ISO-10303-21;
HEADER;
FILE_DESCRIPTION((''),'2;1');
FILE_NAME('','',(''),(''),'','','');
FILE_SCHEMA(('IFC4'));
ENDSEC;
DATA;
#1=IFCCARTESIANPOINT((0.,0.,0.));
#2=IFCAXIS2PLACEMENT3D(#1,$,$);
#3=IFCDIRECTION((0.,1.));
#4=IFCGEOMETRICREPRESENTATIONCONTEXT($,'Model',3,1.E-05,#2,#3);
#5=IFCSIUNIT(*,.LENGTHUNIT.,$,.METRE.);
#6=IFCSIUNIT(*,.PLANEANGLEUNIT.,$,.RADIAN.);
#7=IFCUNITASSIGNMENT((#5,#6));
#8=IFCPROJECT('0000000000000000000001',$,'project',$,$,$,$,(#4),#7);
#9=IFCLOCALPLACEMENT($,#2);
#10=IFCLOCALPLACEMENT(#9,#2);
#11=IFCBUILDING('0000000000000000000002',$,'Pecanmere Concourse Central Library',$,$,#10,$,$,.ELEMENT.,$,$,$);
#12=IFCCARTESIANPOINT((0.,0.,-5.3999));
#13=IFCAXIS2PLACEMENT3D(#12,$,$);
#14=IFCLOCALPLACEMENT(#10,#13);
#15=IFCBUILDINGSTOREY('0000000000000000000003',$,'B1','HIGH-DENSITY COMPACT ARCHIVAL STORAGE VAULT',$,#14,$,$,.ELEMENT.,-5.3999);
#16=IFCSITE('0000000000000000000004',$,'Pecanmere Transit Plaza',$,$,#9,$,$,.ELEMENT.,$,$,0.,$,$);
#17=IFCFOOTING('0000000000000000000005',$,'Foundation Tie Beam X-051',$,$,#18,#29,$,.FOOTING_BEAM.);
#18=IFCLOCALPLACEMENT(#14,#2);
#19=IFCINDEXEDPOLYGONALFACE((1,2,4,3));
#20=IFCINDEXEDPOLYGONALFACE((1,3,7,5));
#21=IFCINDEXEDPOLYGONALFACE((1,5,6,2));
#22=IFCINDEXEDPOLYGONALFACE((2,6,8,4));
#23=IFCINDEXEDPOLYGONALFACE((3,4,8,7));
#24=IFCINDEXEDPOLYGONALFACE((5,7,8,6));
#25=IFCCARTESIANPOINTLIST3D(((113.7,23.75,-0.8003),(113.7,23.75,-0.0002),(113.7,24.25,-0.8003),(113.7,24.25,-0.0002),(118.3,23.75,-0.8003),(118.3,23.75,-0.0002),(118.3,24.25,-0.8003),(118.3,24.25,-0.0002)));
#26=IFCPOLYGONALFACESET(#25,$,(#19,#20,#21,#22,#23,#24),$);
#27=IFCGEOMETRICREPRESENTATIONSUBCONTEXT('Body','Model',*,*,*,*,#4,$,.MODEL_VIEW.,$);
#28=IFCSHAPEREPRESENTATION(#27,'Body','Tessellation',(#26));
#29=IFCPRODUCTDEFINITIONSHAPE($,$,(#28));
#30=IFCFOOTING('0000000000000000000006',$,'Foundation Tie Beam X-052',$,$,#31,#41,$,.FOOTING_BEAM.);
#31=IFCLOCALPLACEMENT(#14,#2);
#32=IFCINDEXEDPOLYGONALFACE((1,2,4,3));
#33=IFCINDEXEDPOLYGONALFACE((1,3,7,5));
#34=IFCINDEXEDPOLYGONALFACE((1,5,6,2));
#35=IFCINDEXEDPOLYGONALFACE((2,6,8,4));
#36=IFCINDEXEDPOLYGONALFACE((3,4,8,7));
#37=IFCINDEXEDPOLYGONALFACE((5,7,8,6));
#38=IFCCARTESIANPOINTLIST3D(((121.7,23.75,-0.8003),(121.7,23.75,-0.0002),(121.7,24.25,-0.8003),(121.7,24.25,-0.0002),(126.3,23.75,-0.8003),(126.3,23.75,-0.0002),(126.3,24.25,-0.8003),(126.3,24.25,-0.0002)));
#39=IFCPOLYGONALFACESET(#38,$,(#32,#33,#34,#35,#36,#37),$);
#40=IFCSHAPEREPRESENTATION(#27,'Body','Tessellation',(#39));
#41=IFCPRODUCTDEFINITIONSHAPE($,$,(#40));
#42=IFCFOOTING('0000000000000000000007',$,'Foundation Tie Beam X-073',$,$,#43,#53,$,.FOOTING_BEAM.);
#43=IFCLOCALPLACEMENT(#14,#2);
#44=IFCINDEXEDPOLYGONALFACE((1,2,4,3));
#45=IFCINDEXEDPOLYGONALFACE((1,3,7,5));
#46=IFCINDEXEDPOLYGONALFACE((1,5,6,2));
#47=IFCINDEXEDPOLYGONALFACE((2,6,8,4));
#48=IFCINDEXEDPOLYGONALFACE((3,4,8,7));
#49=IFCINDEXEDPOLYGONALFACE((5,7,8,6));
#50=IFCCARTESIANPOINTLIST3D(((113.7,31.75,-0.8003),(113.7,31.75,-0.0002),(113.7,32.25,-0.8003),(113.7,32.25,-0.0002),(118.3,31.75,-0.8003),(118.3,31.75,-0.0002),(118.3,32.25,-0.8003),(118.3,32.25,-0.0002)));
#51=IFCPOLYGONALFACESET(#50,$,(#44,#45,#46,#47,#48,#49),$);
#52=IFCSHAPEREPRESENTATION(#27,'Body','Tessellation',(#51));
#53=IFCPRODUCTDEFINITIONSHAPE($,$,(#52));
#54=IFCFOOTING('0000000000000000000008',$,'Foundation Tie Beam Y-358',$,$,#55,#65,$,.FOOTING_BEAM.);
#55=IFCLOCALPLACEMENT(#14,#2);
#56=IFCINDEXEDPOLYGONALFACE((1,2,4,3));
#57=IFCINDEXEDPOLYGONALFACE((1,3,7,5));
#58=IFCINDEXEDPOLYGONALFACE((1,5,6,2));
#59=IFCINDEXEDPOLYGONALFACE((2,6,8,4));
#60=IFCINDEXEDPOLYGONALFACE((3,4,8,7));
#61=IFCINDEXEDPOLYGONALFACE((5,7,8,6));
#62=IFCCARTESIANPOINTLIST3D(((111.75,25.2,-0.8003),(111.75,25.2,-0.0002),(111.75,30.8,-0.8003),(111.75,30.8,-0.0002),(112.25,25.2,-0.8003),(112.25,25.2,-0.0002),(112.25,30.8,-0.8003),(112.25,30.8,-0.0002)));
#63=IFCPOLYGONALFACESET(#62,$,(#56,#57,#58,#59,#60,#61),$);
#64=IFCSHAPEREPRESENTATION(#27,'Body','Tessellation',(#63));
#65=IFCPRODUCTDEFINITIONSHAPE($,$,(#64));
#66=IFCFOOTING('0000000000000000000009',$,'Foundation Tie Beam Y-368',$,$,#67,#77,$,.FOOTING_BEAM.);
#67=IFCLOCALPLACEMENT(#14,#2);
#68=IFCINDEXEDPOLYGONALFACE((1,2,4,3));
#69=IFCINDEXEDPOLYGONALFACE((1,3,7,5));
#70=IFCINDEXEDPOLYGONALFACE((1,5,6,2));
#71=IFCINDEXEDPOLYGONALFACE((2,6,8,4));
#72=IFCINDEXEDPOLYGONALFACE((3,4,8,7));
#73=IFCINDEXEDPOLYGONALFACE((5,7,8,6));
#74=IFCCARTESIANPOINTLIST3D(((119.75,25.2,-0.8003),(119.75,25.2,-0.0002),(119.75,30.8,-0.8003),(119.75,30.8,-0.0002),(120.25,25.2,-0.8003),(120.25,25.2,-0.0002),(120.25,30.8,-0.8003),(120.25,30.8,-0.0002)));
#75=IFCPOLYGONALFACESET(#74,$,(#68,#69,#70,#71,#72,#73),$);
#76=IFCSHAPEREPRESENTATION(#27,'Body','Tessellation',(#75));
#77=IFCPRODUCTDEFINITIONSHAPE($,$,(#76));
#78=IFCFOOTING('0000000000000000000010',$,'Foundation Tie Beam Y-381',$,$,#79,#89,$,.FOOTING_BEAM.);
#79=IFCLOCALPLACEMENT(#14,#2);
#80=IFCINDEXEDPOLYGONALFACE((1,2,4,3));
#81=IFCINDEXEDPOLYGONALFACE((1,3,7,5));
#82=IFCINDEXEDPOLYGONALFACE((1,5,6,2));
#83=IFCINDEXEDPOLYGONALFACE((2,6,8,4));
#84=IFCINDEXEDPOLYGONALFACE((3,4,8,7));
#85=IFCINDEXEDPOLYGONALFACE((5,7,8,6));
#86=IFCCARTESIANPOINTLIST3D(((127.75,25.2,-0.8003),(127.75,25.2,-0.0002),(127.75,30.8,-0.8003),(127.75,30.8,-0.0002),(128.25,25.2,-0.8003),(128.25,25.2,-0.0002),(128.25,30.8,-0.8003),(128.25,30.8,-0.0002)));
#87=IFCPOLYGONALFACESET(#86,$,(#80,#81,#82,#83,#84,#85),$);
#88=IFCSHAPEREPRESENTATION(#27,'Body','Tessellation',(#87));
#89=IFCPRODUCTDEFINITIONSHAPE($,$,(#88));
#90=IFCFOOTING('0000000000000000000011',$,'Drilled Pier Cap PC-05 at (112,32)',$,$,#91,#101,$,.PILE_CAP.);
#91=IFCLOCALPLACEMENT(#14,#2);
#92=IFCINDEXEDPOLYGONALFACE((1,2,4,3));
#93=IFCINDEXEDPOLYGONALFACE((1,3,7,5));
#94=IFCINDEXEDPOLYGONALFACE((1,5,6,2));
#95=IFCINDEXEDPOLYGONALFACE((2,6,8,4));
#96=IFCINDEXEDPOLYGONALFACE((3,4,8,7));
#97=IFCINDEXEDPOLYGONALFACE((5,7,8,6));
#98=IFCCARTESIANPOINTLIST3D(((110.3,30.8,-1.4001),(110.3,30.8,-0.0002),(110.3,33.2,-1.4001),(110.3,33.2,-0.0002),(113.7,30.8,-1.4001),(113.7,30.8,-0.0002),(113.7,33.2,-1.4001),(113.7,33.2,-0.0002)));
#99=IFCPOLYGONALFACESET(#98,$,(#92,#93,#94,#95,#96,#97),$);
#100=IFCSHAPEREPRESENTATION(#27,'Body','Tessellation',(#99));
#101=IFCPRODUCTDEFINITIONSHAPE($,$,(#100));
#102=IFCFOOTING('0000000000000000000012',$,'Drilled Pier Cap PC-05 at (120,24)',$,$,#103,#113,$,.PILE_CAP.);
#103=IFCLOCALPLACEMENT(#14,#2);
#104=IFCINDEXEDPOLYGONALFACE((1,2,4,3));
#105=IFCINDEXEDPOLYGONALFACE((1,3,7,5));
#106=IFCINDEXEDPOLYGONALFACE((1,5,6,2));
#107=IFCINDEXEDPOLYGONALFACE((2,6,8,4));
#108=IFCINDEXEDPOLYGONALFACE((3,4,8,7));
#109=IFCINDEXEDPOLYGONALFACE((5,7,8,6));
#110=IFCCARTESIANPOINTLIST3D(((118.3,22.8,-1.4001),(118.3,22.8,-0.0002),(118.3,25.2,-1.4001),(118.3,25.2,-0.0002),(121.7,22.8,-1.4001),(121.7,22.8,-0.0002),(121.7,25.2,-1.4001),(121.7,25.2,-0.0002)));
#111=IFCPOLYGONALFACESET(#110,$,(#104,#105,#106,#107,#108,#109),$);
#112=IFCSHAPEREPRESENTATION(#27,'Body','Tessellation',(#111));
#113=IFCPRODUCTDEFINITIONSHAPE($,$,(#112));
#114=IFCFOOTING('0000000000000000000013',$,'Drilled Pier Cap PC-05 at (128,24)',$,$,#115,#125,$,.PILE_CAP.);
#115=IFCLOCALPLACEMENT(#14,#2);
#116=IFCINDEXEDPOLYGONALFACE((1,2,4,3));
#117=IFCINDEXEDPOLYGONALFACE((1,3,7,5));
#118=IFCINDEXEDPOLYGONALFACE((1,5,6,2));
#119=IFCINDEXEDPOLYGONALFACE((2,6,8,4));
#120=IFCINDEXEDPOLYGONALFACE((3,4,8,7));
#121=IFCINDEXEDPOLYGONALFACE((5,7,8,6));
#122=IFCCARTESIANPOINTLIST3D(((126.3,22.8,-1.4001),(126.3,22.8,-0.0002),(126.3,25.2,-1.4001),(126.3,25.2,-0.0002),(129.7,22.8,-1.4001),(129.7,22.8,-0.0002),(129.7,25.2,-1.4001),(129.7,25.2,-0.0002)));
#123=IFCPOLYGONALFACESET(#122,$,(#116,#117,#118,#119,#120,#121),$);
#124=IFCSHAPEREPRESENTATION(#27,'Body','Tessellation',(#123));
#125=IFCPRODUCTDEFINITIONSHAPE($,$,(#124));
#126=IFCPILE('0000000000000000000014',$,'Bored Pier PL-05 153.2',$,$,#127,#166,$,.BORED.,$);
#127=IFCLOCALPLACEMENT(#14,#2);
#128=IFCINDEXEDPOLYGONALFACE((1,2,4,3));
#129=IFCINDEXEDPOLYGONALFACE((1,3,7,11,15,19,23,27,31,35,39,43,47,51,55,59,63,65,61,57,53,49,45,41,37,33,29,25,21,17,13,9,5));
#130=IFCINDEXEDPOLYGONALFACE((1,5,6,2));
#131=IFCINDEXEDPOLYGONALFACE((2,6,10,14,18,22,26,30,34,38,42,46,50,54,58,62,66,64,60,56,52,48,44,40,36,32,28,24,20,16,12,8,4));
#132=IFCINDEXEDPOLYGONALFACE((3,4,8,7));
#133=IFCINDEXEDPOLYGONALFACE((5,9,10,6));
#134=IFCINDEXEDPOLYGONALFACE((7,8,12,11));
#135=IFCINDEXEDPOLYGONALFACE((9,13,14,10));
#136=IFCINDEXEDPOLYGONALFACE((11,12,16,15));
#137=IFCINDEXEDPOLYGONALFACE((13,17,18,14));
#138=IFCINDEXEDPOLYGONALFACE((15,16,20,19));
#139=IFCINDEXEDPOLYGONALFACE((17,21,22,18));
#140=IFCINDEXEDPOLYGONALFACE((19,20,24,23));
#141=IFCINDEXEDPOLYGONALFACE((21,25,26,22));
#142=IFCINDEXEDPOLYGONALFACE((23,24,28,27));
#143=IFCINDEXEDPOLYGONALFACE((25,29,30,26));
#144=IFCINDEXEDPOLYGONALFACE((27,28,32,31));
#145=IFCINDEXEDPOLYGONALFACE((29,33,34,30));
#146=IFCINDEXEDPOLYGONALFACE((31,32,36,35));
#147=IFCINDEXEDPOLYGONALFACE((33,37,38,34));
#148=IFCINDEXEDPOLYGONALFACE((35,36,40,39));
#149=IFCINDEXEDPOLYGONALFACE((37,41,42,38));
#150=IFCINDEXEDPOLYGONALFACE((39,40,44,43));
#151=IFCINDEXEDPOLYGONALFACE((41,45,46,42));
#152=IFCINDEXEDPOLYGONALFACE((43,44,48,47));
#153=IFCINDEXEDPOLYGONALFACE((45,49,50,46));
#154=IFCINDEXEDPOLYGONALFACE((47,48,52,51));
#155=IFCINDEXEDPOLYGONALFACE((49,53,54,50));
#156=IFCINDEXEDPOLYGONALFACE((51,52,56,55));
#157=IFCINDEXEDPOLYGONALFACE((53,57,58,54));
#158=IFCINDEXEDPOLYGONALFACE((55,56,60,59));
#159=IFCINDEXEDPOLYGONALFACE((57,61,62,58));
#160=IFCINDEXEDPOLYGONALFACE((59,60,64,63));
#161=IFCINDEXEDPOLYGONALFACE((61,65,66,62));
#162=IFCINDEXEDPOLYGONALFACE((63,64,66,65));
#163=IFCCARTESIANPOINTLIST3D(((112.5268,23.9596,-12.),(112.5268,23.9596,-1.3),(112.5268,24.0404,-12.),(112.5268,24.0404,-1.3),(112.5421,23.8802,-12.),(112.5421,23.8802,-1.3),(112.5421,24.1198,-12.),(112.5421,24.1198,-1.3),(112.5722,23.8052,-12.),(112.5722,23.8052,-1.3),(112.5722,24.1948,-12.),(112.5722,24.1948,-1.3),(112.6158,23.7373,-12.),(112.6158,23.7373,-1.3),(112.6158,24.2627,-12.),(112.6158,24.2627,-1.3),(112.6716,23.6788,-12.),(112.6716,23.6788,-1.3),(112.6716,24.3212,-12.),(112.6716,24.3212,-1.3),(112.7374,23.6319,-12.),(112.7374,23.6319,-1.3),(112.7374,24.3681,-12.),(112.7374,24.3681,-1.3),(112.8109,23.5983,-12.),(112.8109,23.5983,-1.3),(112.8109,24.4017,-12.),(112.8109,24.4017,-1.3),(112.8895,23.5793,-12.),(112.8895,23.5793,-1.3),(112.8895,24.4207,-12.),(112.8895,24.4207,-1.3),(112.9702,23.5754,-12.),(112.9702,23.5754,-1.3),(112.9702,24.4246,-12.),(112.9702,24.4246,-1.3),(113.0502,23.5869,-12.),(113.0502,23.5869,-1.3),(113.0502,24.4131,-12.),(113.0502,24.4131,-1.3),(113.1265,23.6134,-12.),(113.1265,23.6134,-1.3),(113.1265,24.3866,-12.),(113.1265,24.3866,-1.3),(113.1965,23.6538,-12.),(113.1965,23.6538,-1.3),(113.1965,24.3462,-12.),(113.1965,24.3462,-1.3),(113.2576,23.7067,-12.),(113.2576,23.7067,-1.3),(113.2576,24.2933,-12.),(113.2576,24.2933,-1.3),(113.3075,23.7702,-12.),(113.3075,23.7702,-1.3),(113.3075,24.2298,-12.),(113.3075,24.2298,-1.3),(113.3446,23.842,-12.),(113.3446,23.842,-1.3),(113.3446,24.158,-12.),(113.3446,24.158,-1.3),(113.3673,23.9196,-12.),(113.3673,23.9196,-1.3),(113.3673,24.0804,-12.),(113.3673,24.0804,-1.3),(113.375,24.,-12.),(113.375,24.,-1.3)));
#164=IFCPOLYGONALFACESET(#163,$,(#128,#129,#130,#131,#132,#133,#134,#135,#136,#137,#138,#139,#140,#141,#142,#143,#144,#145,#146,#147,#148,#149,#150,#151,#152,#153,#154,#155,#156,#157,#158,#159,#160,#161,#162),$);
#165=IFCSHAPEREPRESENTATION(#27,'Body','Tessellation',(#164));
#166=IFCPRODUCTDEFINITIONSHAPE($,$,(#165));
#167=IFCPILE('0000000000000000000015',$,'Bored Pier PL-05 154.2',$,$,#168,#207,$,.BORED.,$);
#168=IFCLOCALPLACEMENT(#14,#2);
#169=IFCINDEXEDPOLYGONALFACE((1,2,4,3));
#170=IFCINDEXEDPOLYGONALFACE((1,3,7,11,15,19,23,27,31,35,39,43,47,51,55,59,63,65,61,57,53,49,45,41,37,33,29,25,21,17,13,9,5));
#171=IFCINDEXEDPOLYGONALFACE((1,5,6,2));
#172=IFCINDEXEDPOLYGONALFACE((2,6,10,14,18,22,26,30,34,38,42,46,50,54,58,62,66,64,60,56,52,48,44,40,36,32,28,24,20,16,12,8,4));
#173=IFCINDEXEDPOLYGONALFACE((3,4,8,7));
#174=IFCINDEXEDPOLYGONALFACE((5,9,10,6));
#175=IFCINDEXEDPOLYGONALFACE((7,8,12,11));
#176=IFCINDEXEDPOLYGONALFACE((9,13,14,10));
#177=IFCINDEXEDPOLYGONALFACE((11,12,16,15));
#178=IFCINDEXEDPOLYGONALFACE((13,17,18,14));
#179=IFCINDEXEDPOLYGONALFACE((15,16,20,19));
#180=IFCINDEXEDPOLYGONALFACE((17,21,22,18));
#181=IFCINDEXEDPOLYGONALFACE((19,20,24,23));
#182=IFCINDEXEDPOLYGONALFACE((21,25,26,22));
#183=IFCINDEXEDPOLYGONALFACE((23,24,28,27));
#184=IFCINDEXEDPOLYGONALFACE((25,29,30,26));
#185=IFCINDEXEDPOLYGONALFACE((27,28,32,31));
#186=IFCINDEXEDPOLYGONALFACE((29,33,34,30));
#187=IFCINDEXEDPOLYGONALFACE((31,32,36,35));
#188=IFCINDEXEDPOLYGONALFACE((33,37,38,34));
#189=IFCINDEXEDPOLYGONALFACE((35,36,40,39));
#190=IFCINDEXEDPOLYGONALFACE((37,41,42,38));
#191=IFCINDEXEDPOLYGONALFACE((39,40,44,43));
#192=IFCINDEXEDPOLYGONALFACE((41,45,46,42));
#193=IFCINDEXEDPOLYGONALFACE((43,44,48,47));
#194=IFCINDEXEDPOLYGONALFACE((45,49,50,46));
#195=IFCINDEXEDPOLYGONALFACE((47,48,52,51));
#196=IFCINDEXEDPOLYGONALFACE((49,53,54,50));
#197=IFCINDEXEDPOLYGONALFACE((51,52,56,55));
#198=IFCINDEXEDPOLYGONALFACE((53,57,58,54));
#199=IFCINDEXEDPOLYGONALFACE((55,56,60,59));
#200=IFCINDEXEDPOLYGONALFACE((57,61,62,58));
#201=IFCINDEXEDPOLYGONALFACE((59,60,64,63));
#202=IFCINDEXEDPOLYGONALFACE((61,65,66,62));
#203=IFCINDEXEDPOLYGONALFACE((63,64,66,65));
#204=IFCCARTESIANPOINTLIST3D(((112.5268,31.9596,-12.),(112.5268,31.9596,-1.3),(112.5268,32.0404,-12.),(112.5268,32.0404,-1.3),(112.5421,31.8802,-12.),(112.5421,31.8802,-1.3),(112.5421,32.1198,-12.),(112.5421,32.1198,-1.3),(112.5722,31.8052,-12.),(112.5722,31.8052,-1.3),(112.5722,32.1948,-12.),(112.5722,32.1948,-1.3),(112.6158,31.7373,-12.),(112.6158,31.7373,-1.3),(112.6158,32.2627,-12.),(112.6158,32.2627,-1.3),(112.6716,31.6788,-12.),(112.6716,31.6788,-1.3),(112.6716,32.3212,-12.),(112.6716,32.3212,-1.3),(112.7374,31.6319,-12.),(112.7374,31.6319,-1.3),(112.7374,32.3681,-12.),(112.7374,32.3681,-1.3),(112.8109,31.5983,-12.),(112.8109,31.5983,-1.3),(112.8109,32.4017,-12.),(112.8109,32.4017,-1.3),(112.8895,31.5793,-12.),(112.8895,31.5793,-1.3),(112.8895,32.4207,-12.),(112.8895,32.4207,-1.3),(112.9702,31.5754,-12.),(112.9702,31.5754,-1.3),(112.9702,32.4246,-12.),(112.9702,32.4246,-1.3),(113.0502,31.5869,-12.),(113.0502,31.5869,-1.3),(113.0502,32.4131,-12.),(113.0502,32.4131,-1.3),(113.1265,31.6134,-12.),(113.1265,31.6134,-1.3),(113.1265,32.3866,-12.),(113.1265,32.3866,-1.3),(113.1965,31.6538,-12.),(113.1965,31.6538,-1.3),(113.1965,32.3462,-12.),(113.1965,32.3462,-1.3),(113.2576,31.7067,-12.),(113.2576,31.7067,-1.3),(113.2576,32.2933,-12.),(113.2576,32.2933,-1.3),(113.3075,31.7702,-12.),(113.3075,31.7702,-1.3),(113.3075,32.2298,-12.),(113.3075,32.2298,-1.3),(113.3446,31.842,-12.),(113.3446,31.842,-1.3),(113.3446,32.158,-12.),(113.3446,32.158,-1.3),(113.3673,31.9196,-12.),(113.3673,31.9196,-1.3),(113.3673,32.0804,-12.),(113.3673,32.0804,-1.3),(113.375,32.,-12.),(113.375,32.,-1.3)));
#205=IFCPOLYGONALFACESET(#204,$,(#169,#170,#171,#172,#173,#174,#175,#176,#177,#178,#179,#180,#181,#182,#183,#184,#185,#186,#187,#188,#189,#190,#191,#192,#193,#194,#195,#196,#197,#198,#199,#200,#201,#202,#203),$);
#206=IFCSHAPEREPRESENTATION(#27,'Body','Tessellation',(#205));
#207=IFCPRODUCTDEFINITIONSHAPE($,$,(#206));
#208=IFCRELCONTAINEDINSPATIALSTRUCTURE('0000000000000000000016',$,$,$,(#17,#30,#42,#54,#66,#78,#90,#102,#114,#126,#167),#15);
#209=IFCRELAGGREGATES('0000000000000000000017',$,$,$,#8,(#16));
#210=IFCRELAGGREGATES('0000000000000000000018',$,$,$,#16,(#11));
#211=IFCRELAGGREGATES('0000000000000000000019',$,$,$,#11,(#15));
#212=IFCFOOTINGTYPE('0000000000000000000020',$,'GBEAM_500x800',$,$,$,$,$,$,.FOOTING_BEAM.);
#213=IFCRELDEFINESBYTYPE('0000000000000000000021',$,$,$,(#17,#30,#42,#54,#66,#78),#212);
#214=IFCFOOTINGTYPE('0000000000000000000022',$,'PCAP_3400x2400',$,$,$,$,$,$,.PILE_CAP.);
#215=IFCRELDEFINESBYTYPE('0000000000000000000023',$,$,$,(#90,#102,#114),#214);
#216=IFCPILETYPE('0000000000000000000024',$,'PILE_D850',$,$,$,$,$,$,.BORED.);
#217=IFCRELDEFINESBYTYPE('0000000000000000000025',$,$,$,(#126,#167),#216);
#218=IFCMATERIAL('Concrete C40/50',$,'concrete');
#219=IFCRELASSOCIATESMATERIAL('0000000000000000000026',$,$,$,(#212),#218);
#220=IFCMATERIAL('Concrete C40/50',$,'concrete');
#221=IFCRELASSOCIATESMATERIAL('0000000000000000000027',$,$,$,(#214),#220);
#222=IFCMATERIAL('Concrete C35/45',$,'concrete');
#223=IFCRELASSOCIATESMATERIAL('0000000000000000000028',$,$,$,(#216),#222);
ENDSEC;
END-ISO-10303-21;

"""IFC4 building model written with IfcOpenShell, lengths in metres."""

from ifc_helpers import new_model, si_unit, direction, frame, origin, origin_2d, place, context, subcontext, project, spatial, rectangle, circle, extrude, material, material_profile, profile_set, type_object, element, save


model = new_model("IFC4")

# Units and contexts
model_context = context("Model", 3, precision=1e-05, world=origin(), true_north=direction((0.0, 1.0)))
body_context = subcontext(model_context, "Body", "Model", "MODEL_VIEW")
ifc_project = project(units=[si_unit("LENGTHUNIT", "METRE"), si_unit("PLANEANGLEUNIT", "RADIAN")], contexts=[model_context])

# Site, building, storey
site_placement = place(None, origin())
site = spatial("IfcSite", under=ifc_project, at=site_placement, Name="Pecanmere Transit Plaza", CompositionType="ELEMENT", RefElevation=0.0)
building_placement = place(site_placement, origin())
building = spatial("IfcBuilding", under=site, at=building_placement, Name="Pecanmere Concourse Central Library", CompositionType="ELEMENT")
storey_placement = place(building_placement, frame((0.0, 0.0, -5.3999)))
storey = spatial("IfcBuildingStorey", under=building, at=storey_placement, Name="B1", Description="HIGH-DENSITY COMPACT ARCHIVAL STORAGE VAULT", CompositionType="ELEMENT", Elevation=-5.3999)

# Footings
ifc_material_1 = material(Name="Concrete C40/50", Category="concrete")
ifc_material_profile_1 = material_profile(ifc_material_1, rectangle(XDim=0.5, YDim=0.8, at=origin_2d()), Name="RC 500x800")
ifc_profile_set_1 = profile_set([ifc_material_profile_1], Name="Concrete C40/50")
footing_type_1 = type_object("IfcFootingType", Name="GBEAM_500x800", PredefinedType="FOOTING_BEAM", material=ifc_profile_set_1)
for number, where, z_axis, x_axis, name in (
    (1, (116.0, 24.0, -0.8003), (0.0, 0.0, 1.0), (1.0, 0.0, 0.0), "Foundation Tie Beam X-051"),
    (2, (124.0, 24.0, -0.8003), (0.0, 0.0, 1.0), (1.0, 0.0, 0.0), "Foundation Tie Beam X-052"),
    (3, (116.0, 32.0, -0.8003), (0.0, 0.0, 1.0), (1.0, 0.0, 0.0), "Foundation Tie Beam X-073"),
):
    element("IfcFooting", number, at=place(storey_placement, frame(where, z_axis=z_axis, x_axis=x_axis)), inside=storey, type_object=footing_type_1, Name=name, PredefinedType="FOOTING_BEAM", context=body_context, shape_type="SweptSolid", body=[
        extrude(rectangle(XDim=4.6001, YDim=0.5, at=origin_2d()), origin(), (0.0, 0.0, 1.0), 0.8),
    ])
for number, where, z_axis, x_axis, name in (
    (4, (112.0, 28.0, -0.8003), (0.0, 0.0, 1.0), (0.0, 1.0, 0.0), "Foundation Tie Beam Y-358"),
    (5, (120.0, 28.0, -0.8003), (0.0, 0.0, 1.0), (0.0, 1.0, 0.0), "Foundation Tie Beam Y-368"),
    (6, (128.0, 28.0, -0.8003), (0.0, 0.0, 1.0), (0.0, 1.0, 0.0), "Foundation Tie Beam Y-381"),
):
    element("IfcFooting", number, at=place(storey_placement, frame(where, z_axis=z_axis, x_axis=x_axis)), inside=storey, type_object=footing_type_1, Name=name, PredefinedType="FOOTING_BEAM", context=body_context, shape_type="SweptSolid", body=[
        extrude(rectangle(XDim=5.6001, YDim=0.5, at=origin_2d()), origin(), (0.0, 0.0, 1.0), 0.8),
    ])
ifc_material_2 = material(Name="Concrete C40/50", Category="concrete")
footing_type_2 = type_object("IfcFootingType", Name="PCAP_3400x2400", PredefinedType="PILE_CAP", material=ifc_material_2)
for number, where, z_axis, x_axis, name in (
    (7, (112.0, 32.0, -1.4001), (0.0, 0.0, 1.0), (1.0, 0.0, 0.0), "Drilled Pier Cap PC-05 at (112,32)"),
    (8, (120.0, 24.0, -1.4001), (0.0, 0.0, 1.0), (1.0, 0.0, 0.0), "Drilled Pier Cap PC-05 at (120,24)"),
    (9, (128.0, 24.0, -1.4001), (0.0, 0.0, 1.0), (1.0, 0.0, 0.0), "Drilled Pier Cap PC-05 at (128,24)"),
):
    element("IfcFooting", number, at=place(storey_placement, frame(where, z_axis=z_axis, x_axis=x_axis)), inside=storey, type_object=footing_type_2, Name=name, PredefinedType="PILE_CAP", context=body_context, shape_type="SweptSolid", body=[
        extrude(rectangle(XDim=3.3999, YDim=2.3999, at=origin_2d()), origin(), (0.0, 0.0, 1.0), 1.3999),
    ])

# Piles
ifc_material_3 = material(Name="Concrete C35/45", Category="concrete")
ifc_material_profile_2 = material_profile(ifc_material_3, circle(Radius=0.425, at=origin_2d()), Name="PIER D850")
ifc_profile_set_2 = profile_set([ifc_material_profile_2], Name="Concrete C35/45")
pile_type = type_object("IfcPileType", Name="PILE_D850", PredefinedType="BORED", material=ifc_profile_set_2)
for number, where, z_axis, x_axis, name in (
    (10, (112.95, 24.0, -1.3), (0.0, 0.0, -1.0), (1.0, 0.0, 0.0), "Bored Pier PL-05 153.2"),
    (11, (112.95, 32.0, -1.3), (0.0, 0.0, -1.0), (1.0, 0.0, 0.0), "Bored Pier PL-05 154.2"),
):
    element("IfcPile", number, at=place(storey_placement, frame(where, z_axis=z_axis, x_axis=x_axis)), inside=storey, type_object=pile_type, Name=name, PredefinedType="BORED", context=body_context, shape_type="SweptSolid", body=[
        extrude(circle(Radius=0.425, at=origin_2d()), origin(), (0.0, 0.0, 1.0), 10.7),
    ])

save(model, "model.ifc")
